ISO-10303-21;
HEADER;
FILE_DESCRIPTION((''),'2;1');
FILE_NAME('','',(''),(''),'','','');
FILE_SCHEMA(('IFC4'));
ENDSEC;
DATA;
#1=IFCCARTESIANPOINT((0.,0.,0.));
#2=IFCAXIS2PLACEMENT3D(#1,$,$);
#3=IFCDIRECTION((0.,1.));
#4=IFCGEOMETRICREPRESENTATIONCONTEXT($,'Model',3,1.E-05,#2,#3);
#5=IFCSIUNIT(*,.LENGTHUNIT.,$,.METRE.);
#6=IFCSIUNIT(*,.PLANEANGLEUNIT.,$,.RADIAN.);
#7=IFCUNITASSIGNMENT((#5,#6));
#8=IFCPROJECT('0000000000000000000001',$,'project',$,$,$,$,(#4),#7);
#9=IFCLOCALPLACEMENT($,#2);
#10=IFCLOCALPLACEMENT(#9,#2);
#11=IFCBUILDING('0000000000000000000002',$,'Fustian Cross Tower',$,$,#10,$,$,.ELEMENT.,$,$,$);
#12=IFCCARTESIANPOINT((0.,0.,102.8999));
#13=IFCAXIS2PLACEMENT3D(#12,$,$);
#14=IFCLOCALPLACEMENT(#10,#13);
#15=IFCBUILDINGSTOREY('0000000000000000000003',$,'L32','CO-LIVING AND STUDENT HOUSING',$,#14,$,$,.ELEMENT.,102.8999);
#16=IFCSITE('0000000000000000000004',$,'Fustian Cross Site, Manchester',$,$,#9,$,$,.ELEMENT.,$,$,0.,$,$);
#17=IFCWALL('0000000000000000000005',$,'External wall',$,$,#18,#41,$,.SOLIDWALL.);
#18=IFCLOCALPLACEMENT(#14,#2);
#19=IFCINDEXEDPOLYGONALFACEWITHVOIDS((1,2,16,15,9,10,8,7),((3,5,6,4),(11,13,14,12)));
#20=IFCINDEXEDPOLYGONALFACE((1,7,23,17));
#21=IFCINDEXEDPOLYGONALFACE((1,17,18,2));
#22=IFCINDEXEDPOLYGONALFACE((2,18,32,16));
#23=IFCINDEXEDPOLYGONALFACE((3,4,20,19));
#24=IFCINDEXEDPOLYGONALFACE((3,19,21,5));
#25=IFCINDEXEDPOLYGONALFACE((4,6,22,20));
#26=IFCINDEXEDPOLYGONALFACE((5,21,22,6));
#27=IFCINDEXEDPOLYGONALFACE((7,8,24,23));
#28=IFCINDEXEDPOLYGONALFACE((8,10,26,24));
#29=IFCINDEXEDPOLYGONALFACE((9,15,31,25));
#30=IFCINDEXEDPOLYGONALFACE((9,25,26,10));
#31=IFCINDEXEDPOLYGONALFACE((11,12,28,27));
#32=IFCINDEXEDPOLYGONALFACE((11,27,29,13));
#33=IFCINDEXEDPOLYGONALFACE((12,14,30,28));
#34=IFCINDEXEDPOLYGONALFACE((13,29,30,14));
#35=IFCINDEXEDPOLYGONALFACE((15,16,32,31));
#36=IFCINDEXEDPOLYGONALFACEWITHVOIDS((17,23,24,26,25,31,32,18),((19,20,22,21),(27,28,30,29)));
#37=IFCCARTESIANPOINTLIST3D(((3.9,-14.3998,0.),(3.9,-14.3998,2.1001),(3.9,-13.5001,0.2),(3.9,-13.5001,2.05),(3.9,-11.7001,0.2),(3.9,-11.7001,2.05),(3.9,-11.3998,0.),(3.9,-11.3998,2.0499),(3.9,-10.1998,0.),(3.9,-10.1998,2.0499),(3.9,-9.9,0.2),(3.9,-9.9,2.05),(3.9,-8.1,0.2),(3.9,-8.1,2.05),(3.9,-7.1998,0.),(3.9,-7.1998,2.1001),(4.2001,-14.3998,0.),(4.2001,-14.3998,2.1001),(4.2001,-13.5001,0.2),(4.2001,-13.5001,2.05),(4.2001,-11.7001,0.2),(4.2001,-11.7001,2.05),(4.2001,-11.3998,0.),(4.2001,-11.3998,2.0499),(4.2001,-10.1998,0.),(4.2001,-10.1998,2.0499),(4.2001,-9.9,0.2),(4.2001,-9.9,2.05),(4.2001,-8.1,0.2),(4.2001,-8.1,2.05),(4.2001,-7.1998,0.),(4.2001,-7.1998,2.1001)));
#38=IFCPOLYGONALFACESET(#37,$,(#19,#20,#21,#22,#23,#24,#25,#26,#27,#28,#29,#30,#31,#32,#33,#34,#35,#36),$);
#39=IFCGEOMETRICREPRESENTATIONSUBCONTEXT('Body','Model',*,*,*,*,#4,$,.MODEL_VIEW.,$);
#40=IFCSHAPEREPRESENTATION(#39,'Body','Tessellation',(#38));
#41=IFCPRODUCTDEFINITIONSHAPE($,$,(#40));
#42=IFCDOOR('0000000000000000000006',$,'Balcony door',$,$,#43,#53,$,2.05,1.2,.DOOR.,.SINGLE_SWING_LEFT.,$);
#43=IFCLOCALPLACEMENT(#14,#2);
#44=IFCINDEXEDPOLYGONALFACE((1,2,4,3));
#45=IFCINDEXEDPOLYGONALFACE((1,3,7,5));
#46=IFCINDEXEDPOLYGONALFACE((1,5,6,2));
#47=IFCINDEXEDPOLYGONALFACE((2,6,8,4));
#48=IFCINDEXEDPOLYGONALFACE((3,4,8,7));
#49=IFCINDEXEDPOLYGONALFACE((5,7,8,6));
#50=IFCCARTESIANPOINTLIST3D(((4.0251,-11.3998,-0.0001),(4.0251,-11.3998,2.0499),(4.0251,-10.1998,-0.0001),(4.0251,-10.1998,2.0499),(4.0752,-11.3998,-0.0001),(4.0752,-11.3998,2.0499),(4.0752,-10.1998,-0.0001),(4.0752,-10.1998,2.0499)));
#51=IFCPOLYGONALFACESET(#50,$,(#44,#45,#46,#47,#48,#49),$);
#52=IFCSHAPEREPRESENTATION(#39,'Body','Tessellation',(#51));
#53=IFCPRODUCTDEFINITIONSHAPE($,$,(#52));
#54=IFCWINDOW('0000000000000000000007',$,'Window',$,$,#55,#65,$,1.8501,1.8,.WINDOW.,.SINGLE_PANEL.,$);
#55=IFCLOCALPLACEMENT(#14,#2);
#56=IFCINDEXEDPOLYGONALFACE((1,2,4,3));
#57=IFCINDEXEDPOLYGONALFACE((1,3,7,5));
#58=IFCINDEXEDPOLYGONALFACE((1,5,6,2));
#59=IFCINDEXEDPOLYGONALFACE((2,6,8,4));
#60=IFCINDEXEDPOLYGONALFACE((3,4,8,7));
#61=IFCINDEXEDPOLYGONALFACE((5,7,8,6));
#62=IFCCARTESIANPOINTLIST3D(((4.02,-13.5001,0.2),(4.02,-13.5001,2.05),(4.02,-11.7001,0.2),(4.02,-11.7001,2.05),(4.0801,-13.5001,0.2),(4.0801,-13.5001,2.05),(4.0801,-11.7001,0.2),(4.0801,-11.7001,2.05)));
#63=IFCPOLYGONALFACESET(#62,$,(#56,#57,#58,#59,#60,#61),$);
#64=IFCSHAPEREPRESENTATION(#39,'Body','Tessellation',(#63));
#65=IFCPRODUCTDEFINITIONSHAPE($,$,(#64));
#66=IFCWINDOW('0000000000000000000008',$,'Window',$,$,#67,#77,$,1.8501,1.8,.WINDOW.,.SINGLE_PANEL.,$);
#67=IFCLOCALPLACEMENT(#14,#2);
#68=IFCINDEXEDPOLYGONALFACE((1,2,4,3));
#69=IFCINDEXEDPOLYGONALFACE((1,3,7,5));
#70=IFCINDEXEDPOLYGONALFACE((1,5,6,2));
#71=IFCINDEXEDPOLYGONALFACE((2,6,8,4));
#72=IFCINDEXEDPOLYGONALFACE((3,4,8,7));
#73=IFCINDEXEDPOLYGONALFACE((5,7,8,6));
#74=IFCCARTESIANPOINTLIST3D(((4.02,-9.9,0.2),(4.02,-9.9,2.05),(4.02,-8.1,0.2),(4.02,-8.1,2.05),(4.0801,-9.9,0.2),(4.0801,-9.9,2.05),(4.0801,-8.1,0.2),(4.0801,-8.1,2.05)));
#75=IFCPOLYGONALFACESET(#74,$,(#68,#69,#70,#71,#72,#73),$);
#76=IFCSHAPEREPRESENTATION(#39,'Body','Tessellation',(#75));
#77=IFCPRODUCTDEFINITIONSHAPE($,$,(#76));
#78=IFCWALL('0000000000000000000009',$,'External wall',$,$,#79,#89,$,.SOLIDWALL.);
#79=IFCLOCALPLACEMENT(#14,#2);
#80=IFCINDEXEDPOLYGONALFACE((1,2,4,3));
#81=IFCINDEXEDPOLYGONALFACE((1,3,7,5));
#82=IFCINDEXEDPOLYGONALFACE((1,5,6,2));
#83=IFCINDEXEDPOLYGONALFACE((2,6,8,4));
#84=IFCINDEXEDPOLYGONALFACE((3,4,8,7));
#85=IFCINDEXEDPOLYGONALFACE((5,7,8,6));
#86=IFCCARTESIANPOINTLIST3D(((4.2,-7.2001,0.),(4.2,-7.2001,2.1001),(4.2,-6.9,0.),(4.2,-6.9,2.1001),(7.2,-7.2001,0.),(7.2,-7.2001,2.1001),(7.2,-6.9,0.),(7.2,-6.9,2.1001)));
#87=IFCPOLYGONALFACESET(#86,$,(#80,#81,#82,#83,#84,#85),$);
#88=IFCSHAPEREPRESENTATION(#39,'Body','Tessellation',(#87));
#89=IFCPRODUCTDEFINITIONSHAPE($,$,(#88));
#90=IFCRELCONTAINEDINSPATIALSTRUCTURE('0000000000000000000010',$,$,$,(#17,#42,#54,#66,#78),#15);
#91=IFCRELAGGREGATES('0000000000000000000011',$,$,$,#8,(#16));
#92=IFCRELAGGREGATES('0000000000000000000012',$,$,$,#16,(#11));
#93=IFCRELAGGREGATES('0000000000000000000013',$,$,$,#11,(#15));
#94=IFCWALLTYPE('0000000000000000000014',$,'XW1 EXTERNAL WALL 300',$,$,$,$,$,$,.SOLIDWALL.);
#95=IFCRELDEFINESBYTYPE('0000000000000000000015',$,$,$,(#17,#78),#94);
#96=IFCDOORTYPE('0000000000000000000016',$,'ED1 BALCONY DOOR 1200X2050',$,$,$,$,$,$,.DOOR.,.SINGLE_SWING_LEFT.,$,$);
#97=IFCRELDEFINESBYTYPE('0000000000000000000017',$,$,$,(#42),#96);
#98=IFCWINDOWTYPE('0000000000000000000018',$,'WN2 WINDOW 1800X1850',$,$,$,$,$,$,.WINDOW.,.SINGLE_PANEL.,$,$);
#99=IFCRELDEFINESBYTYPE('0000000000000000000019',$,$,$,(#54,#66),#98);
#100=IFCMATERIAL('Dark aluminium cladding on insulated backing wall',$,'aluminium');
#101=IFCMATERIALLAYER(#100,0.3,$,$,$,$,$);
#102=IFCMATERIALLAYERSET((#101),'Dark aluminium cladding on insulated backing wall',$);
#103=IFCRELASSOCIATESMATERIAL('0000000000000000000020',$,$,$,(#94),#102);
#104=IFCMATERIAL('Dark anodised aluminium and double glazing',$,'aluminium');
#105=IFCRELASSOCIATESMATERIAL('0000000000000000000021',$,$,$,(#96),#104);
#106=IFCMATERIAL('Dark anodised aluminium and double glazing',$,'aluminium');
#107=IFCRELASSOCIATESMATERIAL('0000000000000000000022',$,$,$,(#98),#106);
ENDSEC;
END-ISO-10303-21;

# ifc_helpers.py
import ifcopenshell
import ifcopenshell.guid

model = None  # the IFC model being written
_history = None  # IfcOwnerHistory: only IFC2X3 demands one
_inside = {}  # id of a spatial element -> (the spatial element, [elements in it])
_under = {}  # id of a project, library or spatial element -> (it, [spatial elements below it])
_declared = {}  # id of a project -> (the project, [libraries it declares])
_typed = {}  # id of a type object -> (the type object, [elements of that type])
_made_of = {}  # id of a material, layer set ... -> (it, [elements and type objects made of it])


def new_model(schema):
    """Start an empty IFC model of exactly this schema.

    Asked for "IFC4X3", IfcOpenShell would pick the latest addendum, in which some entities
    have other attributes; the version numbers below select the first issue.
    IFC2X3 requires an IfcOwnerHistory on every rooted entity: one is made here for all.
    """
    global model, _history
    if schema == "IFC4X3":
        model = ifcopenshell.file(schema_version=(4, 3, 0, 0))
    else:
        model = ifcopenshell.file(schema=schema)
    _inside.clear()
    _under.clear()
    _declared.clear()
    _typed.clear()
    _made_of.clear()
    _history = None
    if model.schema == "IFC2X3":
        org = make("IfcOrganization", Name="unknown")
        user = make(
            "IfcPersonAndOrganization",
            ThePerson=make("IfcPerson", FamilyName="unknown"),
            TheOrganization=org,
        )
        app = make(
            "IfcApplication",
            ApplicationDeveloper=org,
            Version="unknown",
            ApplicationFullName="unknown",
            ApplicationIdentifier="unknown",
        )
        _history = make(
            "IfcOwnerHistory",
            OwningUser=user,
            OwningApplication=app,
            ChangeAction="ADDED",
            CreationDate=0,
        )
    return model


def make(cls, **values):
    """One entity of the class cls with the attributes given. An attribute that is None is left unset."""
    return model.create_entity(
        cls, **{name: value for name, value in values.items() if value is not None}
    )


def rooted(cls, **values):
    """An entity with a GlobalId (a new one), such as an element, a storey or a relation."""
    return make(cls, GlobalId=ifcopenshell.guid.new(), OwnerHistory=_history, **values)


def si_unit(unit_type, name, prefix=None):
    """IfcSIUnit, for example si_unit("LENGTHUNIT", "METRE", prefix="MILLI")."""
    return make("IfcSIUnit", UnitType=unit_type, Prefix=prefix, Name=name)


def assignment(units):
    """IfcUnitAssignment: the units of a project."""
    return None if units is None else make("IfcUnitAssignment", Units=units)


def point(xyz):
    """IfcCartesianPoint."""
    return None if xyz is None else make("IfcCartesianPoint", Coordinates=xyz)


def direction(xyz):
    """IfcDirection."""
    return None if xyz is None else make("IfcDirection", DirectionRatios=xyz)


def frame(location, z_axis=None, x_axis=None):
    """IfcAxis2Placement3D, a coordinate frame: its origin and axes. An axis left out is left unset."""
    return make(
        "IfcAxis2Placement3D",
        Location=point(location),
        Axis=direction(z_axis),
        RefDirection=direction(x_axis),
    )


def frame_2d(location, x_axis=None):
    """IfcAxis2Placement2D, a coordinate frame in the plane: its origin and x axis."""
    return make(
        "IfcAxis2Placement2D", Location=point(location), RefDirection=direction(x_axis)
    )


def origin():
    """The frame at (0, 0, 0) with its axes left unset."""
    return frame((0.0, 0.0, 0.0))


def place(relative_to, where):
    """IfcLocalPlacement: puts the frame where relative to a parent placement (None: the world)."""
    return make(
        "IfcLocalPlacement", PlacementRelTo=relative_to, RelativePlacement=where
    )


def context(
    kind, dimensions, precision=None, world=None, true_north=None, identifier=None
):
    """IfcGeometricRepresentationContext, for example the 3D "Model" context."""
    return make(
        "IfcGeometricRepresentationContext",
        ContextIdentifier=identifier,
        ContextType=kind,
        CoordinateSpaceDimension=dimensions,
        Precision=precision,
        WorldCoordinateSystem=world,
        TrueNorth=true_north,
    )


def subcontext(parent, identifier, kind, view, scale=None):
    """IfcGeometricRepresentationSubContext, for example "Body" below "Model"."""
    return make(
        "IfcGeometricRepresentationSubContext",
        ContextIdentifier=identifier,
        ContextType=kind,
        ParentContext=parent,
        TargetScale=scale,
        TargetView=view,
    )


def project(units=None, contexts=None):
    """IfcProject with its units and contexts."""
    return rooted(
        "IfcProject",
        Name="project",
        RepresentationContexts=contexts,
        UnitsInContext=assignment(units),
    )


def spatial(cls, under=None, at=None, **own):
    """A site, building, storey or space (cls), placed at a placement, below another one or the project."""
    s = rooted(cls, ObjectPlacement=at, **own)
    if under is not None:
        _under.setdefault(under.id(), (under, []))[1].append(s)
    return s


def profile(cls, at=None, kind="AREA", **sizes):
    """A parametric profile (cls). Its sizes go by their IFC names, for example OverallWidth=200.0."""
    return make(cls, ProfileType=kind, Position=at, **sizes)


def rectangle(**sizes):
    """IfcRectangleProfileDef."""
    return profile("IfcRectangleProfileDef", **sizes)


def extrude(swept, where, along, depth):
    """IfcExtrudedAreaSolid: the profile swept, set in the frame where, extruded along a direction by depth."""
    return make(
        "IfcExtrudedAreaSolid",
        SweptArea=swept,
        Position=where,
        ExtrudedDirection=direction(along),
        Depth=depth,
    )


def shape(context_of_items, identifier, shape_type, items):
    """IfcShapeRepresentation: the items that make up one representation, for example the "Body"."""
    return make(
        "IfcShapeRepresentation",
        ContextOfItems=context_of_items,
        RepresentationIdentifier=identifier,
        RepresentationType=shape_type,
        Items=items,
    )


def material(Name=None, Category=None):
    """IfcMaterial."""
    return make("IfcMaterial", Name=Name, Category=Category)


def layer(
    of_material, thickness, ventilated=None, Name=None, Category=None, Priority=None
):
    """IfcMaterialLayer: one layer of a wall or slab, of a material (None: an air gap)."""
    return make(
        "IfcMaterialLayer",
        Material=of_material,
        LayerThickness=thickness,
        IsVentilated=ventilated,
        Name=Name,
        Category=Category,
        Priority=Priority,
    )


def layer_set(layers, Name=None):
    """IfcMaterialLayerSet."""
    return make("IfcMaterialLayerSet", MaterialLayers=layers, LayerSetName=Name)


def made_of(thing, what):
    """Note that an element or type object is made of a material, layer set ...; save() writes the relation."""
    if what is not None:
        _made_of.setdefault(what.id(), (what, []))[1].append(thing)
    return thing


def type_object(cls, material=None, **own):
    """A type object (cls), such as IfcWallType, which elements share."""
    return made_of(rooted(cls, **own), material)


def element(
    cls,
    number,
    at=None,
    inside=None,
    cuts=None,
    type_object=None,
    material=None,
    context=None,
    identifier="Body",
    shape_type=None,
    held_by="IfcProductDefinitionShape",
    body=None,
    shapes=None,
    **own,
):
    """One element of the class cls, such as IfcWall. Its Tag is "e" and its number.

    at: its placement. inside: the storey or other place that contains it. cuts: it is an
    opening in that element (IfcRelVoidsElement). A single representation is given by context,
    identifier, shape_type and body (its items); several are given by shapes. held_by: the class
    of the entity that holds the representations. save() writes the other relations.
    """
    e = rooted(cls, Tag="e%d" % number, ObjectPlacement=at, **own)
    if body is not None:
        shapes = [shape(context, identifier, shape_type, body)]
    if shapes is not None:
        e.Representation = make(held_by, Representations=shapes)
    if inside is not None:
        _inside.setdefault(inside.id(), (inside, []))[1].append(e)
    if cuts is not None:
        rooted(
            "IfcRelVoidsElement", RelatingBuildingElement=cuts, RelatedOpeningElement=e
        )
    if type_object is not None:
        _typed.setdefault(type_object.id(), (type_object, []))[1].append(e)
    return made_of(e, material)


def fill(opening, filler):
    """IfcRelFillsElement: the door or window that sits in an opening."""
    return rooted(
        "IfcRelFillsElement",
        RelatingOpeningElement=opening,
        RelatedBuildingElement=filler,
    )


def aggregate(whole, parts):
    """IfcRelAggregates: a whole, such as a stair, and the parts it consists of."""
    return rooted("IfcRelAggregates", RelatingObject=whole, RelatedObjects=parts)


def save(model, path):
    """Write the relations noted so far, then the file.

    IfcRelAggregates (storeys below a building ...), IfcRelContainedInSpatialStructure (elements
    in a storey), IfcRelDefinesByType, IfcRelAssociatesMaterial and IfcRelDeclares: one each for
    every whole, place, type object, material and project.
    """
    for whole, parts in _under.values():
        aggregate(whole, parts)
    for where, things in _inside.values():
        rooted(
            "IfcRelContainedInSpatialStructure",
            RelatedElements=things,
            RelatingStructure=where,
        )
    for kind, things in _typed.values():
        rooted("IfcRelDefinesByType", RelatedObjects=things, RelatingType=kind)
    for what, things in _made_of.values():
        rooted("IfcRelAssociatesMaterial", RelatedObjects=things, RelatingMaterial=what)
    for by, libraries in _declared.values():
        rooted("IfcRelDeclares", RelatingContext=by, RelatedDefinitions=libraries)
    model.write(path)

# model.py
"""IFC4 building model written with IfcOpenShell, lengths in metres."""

from ifc_helpers import new_model, si_unit, direction, frame, frame_2d, origin, place, context, subcontext, project, spatial, rectangle, extrude, material, layer, layer_set, type_object, element, fill, save


model = new_model("IFC4")

# Units and contexts
model_context = context("Model", 3, precision=1e-05, world=origin(), true_north=direction((0.0, 1.0)))
body_context = subcontext(model_context, "Body", "Model", "MODEL_VIEW")
ifc_project = project(units=[si_unit("LENGTHUNIT", "METRE"), si_unit("PLANEANGLEUNIT", "RADIAN")], contexts=[model_context])

# Site, building, storey
site_placement = place(None, origin())
site = spatial("IfcSite", under=ifc_project, at=site_placement, Name="Fustian Cross Site, Manchester", CompositionType="ELEMENT", RefElevation=0.0)
building_placement = place(site_placement, origin())
building = spatial("IfcBuilding", under=site, at=building_placement, Name="Fustian Cross Tower", CompositionType="ELEMENT")
storey_placement = place(building_placement, frame((0.0, 0.0, 102.8999)))
storey = spatial("IfcBuildingStorey", under=building, at=storey_placement, Name="L32", Description="CO-LIVING AND STUDENT HOUSING", CompositionType="ELEMENT", Elevation=102.8999)

# Shared definitions
ifc_material_1 = material(Name="Dark aluminium cladding on insulated backing wall", Category="aluminium")
ifc_layer_1 = layer(ifc_material_1, 0.3)
ifc_layer_set_1 = layer_set([ifc_layer_1], Name="Dark aluminium cladding on insulated backing wall")
wall_type_1 = type_object("IfcWallType", Name="XW1 EXTERNAL WALL 300", PredefinedType="SOLIDWALL", material=ifc_layer_set_1)

# Wall, openings, door, windows
wall_1_placement = place(storey_placement, frame((4.05, -14.3999, 0.0), z_axis=(0.0, 0.0, 1.0), x_axis=(0.0, 1.0, 0.0)))
wall_1 = element("IfcWall", 1, at=wall_1_placement, inside=storey, type_object=wall_type_1, Name="External wall", PredefinedType="SOLIDWALL", context=body_context, shape_type="SweptSolid", body=[
    extrude(rectangle(XDim=7.2, YDim=0.3, at=frame_2d((3.6001, 0.0))), origin(), (0.0, 0.0, 1.0), 2.1001),
])
opening_1_placement = place(wall_1_placement, frame((3.0, 0.0, 0.0)))
opening_1 = element("IfcOpeningElement", 2, at=opening_1_placement, cuts=wall_1, PredefinedType="OPENING", context=body_context, shape_type="SweptSolid", body=[
    extrude(rectangle(XDim=1.2, YDim=2.05, at=frame_2d((0.6001, 1.0249))), frame((0.0, 0.1599, 0.0), z_axis=(0.0, -1.0, 0.0), x_axis=(1.0, 0.0, 0.0)), (0.0, 0.0, 1.0), 0.3201),
])
opening_2_placement = place(wall_1_placement, frame((0.8999, 0.0, 0.2)))
opening_2 = element("IfcOpeningElement", 3, at=opening_2_placement, cuts=wall_1, PredefinedType="OPENING", context=body_context, shape_type="SweptSolid", body=[
    extrude(rectangle(XDim=1.8, YDim=1.8501, at=frame_2d((0.8999, 0.925))), frame((0.0, 0.1599, 0.0), z_axis=(0.0, -1.0, 0.0), x_axis=(1.0, 0.0, 0.0)), (0.0, 0.0, 1.0), 0.3201),
])
opening_3_placement = place(wall_1_placement, frame((4.5, 0.0, 0.2)))
opening_3 = element("IfcOpeningElement", 4, at=opening_3_placement, cuts=wall_1, PredefinedType="OPENING", context=body_context, shape_type="SweptSolid", body=[
    extrude(rectangle(XDim=1.8, YDim=1.8501, at=frame_2d((0.8999, 0.925))), frame((0.0, 0.1599, 0.0), z_axis=(0.0, -1.0, 0.0), x_axis=(1.0, 0.0, 0.0)), (0.0, 0.0, 1.0), 0.3201),
])
ifc_material_2 = material(Name="Dark anodised aluminium and double glazing", Category="aluminium")
door_type_1 = type_object("IfcDoorType", Name="ED1 BALCONY DOOR 1200X2050", OperationType="SINGLE_SWING_LEFT", PredefinedType="DOOR", material=ifc_material_2)
door_1_placement = place(opening_1_placement, origin())
door_1 = element("IfcDoor", 5, at=door_1_placement, inside=storey, type_object=door_type_1, Name="Balcony door", OperationType="SINGLE_SWING_LEFT", OverallHeight=2.05, OverallWidth=1.2, PredefinedType="DOOR", context=body_context, shape_type="SweptSolid", body=[
    extrude(rectangle(XDim=1.2, YDim=2.05, at=frame_2d((0.6001, 1.0249))), frame((0.0, 0.0249, 0.0), z_axis=(0.0, -1.0, 0.0), x_axis=(1.0, 0.0, 0.0)), (0.0, 0.0, 1.0), 0.05),
])
fill(opening_1, door_1)
ifc_material_3 = material(Name="Dark anodised aluminium and double glazing", Category="aluminium")
window_type_1 = type_object("IfcWindowType", Name="WN2 WINDOW 1800X1850", PartitioningType="SINGLE_PANEL", PredefinedType="WINDOW", material=ifc_material_3)
window_1_placement = place(opening_2_placement, origin())
window_1 = element("IfcWindow", 6, at=window_1_placement, inside=storey, type_object=window_type_1, Name="Window", OverallHeight=1.8501, OverallWidth=1.8, PartitioningType="SINGLE_PANEL", PredefinedType="WINDOW", context=body_context, shape_type="SweptSolid", body=[
    extrude(rectangle(XDim=1.8, YDim=1.8501, at=frame_2d((0.8999, 0.925))), frame((0.0, 0.03, 0.0), z_axis=(0.0, -1.0, 0.0), x_axis=(1.0, 0.0, 0.0)), (0.0, 0.0, 1.0), 0.0601),
])
fill(opening_2, window_1)
window_2_placement = place(opening_3_placement, origin())
window_2 = element("IfcWindow", 7, at=window_2_placement, inside=storey, type_object=window_type_1, Name="Window", OverallHeight=1.8501, OverallWidth=1.8, PartitioningType="SINGLE_PANEL", PredefinedType="WINDOW", context=body_context, shape_type="SweptSolid", body=[
    extrude(rectangle(XDim=1.8, YDim=1.8501, at=frame_2d((0.8999, 0.925))), frame((0.0, 0.03, 0.0), z_axis=(0.0, -1.0, 0.0), x_axis=(1.0, 0.0, 0.0)), (0.0, 0.0, 1.0), 0.0601),
])
fill(opening_3, window_2)

# Wall
wall_2_placement = place(storey_placement, frame((4.2, -7.05, 0.0), z_axis=(0.0, 0.0, 1.0), x_axis=(1.0, 0.0, 0.0)))
element("IfcWall", 8, at=wall_2_placement, inside=storey, type_object=wall_type_1, Name="External wall", PredefinedType="SOLIDWALL", context=body_context, shape_type="SweptSolid", body=[
    extrude(rectangle(XDim=3.0, YDim=0.3, at=frame_2d((1.5, 0.0))), origin(), (0.0, 0.0, 1.0), 2.1001),
])

save(model, "model.ifc")
